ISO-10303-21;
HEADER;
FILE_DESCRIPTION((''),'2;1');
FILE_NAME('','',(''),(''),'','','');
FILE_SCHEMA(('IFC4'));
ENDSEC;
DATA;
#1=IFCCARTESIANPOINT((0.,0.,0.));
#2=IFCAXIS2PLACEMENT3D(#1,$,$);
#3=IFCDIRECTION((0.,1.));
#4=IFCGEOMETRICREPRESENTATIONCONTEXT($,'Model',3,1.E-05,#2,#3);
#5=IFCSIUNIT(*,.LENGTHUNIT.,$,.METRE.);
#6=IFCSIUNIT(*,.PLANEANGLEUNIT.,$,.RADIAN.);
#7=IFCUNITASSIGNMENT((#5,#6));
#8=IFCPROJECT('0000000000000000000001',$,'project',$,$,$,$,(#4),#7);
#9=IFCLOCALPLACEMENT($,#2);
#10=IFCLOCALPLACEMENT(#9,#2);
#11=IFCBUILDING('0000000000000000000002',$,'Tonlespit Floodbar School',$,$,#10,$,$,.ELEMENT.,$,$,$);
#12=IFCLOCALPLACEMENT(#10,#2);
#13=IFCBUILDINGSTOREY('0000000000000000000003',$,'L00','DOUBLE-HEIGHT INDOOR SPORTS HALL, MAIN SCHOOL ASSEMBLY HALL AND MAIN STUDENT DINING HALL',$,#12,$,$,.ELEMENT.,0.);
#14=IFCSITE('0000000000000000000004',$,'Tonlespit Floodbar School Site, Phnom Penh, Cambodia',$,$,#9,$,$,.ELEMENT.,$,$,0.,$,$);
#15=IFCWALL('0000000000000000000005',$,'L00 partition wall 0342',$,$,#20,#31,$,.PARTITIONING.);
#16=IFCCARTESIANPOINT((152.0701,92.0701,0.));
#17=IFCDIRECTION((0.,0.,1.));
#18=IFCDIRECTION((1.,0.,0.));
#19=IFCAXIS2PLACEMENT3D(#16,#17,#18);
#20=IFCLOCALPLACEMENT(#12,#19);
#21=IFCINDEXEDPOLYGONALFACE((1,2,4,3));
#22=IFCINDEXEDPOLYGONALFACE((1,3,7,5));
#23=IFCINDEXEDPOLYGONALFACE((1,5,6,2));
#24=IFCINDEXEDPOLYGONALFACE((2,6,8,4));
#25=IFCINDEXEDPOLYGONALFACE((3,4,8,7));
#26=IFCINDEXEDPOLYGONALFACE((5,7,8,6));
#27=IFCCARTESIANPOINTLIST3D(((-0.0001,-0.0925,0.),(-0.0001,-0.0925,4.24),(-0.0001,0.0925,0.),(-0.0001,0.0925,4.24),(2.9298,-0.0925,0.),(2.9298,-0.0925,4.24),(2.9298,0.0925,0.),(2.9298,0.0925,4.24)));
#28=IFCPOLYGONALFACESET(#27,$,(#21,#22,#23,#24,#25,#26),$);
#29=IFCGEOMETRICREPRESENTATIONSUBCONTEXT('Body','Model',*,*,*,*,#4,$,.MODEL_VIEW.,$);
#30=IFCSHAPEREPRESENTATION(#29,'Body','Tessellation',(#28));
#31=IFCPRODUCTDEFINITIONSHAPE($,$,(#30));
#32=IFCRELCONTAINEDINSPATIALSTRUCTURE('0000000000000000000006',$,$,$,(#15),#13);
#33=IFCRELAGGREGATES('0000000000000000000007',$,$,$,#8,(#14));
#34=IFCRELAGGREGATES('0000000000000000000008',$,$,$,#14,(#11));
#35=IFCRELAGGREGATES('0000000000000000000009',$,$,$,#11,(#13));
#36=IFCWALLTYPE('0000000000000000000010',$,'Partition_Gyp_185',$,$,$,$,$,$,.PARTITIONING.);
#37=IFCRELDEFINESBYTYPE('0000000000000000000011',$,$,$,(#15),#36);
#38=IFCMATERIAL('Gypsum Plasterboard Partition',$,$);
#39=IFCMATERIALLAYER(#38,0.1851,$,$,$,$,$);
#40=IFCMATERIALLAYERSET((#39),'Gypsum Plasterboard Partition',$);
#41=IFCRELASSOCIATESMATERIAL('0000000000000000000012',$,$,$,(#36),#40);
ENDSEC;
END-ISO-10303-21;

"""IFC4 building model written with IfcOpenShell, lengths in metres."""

from ifc_helpers import new_model, si_unit, direction, frame, frame_2d, origin, place, context, subcontext, project, spatial, rectangle, extrude, material, layer, layer_set, type_object, element, save


model = new_model("IFC4")

# Units and contexts
model_context = context("Model", 3, precision=1e-05, world=origin(), true_north=direction((0.0, 1.0)))
body_context = subcontext(model_context, "Body", "Model", "MODEL_VIEW")
ifc_project = project(units=[si_unit("LENGTHUNIT", "METRE"), si_unit("PLANEANGLEUNIT", "RADIAN")], contexts=[model_context])

# Site, building, storey
site_placement = place(None, origin())
site = spatial("IfcSite", under=ifc_project, at=site_placement, Name="Tonlespit Floodbar School Site, Phnom Penh, Cambodia", CompositionType="ELEMENT", RefElevation=0.0)
building_placement = place(site_placement, origin())
building = spatial("IfcBuilding", under=site, at=building_placement, Name="Tonlespit Floodbar School", CompositionType="ELEMENT")
storey_placement = place(building_placement, origin())
storey = spatial("IfcBuildingStorey", under=building, at=storey_placement, Name="L00", Description="DOUBLE-HEIGHT INDOOR SPORTS HALL, MAIN SCHOOL ASSEMBLY HALL AND MAIN STUDENT DINING HALL", CompositionType="ELEMENT", Elevation=0.0)

# Wall
ifc_material_1 = material(Name="Gypsum Plasterboard Partition")
ifc_layer_1 = layer(ifc_material_1, 0.1851)
ifc_layer_set_1 = layer_set([ifc_layer_1], Name="Gypsum Plasterboard Partition")
wall_type_1 = type_object("IfcWallType", Name="Partition_Gyp_185", PredefinedType="PARTITIONING", material=ifc_layer_set_1)
wall_1_placement = place(storey_placement, frame((152.0701, 92.0701, 0.0), z_axis=(0.0, 0.0, 1.0), x_axis=(1.0, 0.0, 0.0)))
element("IfcWall", 1, at=wall_1_placement, inside=storey, type_object=wall_type_1, Name="L00 partition wall 0342", PredefinedType="PARTITIONING", context=body_context, shape_type="SweptSolid", body=[
    extrude(rectangle(XDim=2.9299, YDim=0.1851, at=frame_2d((1.4648, 0.0))), origin(), (0.0, 0.0, 1.0), 4.24),
])

save(model, "model.ifc")
